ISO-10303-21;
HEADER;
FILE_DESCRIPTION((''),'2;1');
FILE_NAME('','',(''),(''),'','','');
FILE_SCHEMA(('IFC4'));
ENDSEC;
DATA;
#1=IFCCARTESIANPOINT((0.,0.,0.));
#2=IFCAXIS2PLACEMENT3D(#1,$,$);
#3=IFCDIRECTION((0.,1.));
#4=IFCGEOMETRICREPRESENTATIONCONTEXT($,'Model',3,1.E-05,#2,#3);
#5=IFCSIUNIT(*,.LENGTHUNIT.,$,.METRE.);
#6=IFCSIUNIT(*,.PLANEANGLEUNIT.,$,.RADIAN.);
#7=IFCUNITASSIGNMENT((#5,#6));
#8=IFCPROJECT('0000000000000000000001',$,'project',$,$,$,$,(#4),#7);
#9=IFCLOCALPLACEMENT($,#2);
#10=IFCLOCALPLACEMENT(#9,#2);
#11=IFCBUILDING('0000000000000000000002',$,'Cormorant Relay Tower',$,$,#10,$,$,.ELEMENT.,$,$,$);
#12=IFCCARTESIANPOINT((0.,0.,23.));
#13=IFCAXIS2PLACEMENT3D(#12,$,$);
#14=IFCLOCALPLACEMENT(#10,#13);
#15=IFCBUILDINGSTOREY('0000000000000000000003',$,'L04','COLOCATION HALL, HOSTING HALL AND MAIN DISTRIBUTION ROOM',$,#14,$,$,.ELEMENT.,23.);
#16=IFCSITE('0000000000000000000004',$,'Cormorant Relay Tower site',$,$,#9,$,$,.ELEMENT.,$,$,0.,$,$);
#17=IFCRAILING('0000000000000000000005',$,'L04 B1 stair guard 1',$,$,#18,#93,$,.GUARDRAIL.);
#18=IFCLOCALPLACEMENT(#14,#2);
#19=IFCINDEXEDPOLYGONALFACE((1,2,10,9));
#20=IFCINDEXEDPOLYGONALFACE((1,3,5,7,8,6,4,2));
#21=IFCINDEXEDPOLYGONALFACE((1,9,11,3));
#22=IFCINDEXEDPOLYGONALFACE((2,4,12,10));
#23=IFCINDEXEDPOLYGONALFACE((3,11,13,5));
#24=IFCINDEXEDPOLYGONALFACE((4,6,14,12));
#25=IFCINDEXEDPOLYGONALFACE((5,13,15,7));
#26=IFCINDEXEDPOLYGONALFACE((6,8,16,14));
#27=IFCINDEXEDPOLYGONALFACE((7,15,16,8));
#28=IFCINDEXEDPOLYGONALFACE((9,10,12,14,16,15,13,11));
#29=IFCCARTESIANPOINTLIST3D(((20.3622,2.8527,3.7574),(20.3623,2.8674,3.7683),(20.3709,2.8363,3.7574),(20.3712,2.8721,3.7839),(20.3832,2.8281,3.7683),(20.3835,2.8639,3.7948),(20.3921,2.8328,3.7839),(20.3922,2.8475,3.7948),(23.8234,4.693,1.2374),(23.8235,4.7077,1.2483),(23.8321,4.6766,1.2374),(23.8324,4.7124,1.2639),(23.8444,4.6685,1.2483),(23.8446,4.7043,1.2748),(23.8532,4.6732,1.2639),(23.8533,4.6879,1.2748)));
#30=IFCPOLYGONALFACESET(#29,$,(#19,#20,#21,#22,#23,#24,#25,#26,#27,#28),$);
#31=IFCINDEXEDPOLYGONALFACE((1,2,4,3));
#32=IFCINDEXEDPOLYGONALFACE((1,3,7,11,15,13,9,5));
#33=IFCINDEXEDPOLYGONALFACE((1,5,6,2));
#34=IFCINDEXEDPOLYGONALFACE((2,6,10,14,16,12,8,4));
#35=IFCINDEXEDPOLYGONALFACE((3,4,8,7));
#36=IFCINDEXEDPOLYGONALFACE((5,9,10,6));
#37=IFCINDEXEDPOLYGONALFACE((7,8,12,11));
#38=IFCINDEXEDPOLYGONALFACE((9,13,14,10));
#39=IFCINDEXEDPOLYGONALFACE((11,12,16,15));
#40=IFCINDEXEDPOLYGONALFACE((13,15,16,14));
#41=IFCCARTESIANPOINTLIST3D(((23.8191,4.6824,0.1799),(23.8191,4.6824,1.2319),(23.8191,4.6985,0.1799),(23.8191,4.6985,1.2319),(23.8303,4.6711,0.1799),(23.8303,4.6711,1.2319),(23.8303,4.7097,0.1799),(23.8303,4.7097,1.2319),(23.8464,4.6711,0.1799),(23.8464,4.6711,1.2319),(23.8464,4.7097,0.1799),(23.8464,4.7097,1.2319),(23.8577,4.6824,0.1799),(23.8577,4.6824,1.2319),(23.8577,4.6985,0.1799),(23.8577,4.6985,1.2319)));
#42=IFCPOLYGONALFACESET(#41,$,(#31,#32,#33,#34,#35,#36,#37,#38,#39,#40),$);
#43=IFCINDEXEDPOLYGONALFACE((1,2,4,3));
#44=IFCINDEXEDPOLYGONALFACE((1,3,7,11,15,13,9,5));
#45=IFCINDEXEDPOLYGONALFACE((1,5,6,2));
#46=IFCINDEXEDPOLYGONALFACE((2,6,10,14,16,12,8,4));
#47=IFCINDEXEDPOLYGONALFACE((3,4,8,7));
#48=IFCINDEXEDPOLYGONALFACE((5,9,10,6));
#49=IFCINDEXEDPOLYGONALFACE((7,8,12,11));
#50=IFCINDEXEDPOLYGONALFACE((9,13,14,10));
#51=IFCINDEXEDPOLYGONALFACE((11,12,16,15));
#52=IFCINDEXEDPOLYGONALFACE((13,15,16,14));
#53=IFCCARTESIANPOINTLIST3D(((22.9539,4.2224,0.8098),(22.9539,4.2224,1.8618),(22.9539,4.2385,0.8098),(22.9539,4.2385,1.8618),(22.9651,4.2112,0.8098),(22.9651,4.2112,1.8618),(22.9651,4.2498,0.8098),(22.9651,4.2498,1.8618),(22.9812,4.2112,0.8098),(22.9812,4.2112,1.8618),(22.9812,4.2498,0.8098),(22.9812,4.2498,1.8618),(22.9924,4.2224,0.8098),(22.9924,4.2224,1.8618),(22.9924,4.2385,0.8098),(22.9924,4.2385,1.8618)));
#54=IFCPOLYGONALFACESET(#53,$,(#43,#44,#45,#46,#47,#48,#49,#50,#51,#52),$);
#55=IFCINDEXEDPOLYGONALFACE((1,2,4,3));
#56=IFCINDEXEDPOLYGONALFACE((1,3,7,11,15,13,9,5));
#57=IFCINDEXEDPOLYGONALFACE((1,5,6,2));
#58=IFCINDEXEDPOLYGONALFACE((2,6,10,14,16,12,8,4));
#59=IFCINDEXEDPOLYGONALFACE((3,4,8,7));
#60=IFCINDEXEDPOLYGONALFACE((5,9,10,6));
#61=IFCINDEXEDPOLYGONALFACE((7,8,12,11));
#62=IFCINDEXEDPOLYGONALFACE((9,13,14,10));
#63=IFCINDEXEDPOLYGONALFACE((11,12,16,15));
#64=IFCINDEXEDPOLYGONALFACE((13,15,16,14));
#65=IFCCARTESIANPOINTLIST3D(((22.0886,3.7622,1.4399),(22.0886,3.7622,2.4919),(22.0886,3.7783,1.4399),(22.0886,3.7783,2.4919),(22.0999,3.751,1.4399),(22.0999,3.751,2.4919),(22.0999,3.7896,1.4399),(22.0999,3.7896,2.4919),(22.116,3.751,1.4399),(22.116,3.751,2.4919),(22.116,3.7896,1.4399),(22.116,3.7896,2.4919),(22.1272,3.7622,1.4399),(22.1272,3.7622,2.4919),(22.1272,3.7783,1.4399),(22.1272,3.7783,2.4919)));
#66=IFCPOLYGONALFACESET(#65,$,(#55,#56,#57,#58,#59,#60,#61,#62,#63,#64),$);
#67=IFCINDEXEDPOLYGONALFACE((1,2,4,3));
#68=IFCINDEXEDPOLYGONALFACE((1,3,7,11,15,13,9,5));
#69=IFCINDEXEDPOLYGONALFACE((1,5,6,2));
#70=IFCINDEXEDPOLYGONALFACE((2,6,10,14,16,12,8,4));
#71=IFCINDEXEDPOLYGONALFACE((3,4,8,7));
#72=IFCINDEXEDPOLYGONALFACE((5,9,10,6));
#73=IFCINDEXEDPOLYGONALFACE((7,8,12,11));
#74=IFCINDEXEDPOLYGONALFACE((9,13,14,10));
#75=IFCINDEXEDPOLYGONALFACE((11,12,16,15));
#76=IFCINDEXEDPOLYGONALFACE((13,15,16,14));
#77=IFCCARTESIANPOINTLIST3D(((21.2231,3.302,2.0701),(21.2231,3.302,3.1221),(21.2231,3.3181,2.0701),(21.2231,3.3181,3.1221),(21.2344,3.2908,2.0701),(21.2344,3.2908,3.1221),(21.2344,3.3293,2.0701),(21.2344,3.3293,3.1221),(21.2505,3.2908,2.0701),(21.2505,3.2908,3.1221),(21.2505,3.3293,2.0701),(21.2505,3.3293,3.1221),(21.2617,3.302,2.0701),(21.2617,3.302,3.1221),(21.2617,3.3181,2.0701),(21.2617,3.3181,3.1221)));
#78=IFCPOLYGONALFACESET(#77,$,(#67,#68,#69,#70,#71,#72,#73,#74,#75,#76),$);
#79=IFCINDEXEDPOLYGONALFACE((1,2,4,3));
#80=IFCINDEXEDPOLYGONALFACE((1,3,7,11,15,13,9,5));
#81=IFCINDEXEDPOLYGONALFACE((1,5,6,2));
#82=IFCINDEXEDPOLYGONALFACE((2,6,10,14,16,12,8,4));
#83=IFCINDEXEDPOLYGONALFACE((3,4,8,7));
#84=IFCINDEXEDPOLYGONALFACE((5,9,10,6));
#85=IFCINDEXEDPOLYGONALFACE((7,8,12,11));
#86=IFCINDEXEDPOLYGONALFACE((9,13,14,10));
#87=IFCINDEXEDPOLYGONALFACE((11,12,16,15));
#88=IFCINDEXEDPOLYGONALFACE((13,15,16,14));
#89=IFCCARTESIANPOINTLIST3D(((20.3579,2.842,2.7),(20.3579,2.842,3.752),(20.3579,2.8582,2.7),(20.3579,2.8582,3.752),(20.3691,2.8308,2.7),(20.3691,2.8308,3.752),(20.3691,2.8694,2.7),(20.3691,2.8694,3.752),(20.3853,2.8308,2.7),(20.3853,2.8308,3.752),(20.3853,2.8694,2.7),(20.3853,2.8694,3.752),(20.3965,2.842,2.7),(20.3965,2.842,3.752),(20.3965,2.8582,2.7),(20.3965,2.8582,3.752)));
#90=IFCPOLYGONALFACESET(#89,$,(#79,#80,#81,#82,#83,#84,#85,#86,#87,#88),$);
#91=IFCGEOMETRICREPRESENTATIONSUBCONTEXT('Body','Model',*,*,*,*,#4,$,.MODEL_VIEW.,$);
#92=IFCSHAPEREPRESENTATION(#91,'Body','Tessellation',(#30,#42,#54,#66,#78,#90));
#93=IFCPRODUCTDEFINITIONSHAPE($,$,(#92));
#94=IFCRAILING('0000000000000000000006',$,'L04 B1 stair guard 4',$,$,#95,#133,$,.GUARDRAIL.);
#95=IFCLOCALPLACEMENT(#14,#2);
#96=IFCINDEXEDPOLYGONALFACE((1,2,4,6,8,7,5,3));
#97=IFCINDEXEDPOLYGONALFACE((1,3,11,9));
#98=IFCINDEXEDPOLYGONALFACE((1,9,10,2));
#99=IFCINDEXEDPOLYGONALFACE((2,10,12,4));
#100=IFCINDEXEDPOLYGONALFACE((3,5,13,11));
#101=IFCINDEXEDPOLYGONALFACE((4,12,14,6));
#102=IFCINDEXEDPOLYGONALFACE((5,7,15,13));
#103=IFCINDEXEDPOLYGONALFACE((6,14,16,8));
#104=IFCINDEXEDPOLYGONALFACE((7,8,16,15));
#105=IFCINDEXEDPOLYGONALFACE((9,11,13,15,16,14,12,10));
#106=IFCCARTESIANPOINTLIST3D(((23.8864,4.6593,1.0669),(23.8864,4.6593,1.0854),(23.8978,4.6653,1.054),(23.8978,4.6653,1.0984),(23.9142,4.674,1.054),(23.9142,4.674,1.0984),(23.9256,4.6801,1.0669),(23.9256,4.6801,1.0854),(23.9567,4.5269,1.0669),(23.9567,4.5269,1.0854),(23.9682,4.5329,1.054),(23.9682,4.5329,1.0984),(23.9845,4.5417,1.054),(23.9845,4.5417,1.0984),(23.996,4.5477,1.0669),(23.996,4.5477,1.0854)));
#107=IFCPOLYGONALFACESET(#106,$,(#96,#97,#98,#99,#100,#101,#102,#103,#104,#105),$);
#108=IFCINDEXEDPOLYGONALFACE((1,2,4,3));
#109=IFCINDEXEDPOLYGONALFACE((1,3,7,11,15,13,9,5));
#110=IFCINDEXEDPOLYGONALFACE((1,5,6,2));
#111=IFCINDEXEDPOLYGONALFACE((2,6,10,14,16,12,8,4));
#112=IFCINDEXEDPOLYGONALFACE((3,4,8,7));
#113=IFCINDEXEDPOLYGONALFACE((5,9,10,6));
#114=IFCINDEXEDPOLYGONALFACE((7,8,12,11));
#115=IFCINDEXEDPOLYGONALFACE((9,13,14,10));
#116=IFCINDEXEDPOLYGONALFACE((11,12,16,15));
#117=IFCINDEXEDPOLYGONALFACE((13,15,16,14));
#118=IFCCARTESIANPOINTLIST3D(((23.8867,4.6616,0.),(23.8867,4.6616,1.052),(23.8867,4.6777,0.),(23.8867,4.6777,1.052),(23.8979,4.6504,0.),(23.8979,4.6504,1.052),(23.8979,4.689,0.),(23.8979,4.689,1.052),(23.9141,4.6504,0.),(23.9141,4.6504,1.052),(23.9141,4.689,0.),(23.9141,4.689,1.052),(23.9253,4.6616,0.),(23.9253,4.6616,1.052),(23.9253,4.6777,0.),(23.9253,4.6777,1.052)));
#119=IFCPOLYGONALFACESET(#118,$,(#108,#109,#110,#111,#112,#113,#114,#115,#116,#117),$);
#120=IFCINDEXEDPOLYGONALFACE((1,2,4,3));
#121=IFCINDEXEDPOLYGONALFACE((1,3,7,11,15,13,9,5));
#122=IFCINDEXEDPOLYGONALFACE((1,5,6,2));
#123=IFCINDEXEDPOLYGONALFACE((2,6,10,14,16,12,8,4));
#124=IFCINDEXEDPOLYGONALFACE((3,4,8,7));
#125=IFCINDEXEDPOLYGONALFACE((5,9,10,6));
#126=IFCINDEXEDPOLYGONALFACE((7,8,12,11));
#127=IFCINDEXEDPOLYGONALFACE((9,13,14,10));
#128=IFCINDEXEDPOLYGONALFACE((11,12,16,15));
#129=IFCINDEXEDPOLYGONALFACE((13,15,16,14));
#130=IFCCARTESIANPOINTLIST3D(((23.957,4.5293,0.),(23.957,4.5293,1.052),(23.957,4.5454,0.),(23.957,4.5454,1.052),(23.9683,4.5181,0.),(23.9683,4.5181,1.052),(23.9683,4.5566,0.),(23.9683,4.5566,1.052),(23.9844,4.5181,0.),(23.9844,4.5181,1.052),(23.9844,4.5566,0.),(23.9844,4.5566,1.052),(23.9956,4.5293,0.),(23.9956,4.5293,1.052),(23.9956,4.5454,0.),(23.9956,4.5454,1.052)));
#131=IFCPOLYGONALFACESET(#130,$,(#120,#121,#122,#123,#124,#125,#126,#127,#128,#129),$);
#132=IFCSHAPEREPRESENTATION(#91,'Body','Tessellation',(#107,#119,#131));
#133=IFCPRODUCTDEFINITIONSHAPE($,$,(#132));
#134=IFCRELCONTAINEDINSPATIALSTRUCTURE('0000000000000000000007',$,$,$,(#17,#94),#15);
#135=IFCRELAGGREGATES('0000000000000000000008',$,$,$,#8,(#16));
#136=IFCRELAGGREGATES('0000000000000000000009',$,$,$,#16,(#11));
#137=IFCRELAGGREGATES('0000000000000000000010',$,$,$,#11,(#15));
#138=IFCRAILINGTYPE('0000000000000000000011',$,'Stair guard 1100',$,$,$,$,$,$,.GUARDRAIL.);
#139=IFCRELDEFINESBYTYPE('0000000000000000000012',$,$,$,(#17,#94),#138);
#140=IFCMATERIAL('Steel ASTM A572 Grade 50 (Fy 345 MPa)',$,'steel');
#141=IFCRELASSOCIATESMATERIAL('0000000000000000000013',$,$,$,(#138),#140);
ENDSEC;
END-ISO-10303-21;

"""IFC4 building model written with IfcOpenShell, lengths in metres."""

from ifc_helpers import new_model, si_unit, direction, frame, origin, place, context, subcontext, project, spatial, polyline, outline, extrude, material, type_object, element, save


model = new_model("IFC4")

# Units and contexts
model_context = context("Model", 3, precision=1e-05, world=origin(), true_north=direction((0.0, 1.0)))
body_context = subcontext(model_context, "Body", "Model", "MODEL_VIEW")
ifc_project = project(units=[si_unit("LENGTHUNIT", "METRE"), si_unit("PLANEANGLEUNIT", "RADIAN")], contexts=[model_context])

# Site, building, storey
site_placement = place(None, origin())
site = spatial("IfcSite", under=ifc_project, at=site_placement, Name="Cormorant Relay Tower site", CompositionType="ELEMENT", RefElevation=0.0)
building_placement = place(site_placement, origin())
building = spatial("IfcBuilding", under=site, at=building_placement, Name="Cormorant Relay Tower", CompositionType="ELEMENT")
storey_placement = place(building_placement, frame((0.0, 0.0, 23.0)))
storey = spatial("IfcBuildingStorey", under=building, at=storey_placement, Name="L04", Description="COLOCATION HALL, HOSTING HALL AND MAIN DISTRIBUTION ROOM", CompositionType="ELEMENT", Elevation=23.0)

# Railings
ifc_material_1 = material(Name="Steel ASTM A572 Grade 50 (Fy 345 MPa)", Category="steel")
railing_type_1 = type_object("IfcRailingType", Name="Stair guard 1100", PredefinedType="GUARDRAIL", material=ifc_material_1)
railing_1_placement = place(storey_placement, frame((23.8384, 4.6904, 0.1799)))
element("IfcRailing", 1, at=railing_1_placement, inside=storey, type_object=railing_type_1, Name="L04 B1 stair guard 1", PredefinedType="GUARDRAIL", context=body_context, shape_type="SweptSolid", body=[
    extrude(outline(polyline([(0.0222, 0.0093), (0.0093, 0.0222), (-0.0093, 0.0222), (-0.0222, 0.0093), (-0.0222, -0.0093), (-0.0093, -0.0222), (0.0093, -0.0222), (0.0222, -0.0093), (0.0222, 0.0093)])), frame((0.0, 0.0, 1.0762), z_axis=(-0.742717, -0.394907, 0.540758), x_axis=(0.469469, -0.882949, 0.0)), (0.0, 0.0, 1.0), 4.6602),
    extrude(outline(polyline([(0.0193, 0.0081), (0.0081, 0.0193), (-0.0081, 0.0193), (-0.0193, 0.0081), (-0.0193, -0.0081), (-0.0081, -0.0193), (0.0081, -0.0193), (0.0193, -0.0081), (0.0193, 0.0081)])), origin(), (0.0, 0.0, 1.0), 1.052),
    extrude(outline(polyline([(0.0193, 0.0081), (0.0081, 0.0193), (-0.0081, 0.0193), (-0.0193, 0.0081), (-0.0193, -0.0081), (-0.0081, -0.0193), (0.0081, -0.0193), (0.0193, -0.0081), (0.0193, 0.0081)])), frame((-0.8652, -0.46, 0.6299)), (0.0, 0.0, 1.0), 1.052),
    extrude(outline(polyline([(0.0193, 0.0081), (0.0081, 0.0193), (-0.0081, 0.0193), (-0.0193, 0.0081), (-0.0193, -0.0081), (-0.0081, -0.0193), (0.0081, -0.0193), (0.0193, -0.0081), (0.0193, 0.0081)])), frame((-1.7305, -0.9202, 1.26)), (0.0, 0.0, 1.0), 1.052),
    extrude(outline(polyline([(0.0193, 0.0081), (0.0081, 0.0193), (-0.0081, 0.0193), (-0.0193, 0.0081), (-0.0193, -0.0081), (-0.0081, -0.0193), (0.0081, -0.0193), (0.0193, -0.0081), (0.0193, 0.0081)])), frame((-2.5959, -1.3804, 1.8901)), (0.0, 0.0, 1.0), 1.052),
    extrude(outline(polyline([(0.0193, 0.0081), (0.0081, 0.0193), (-0.0081, 0.0193), (-0.0193, 0.0081), (-0.0193, -0.0081), (-0.0081, -0.0193), (0.0081, -0.0193), (0.0193, -0.0081), (0.0193, 0.0081)])), frame((-3.4612, -1.8403, 2.52)), (0.0, 0.0, 1.0), 1.052),
])
railing_2_placement = place(storey_placement, frame((23.906, 4.6697, 0.0)))
element("IfcRailing", 2, at=railing_2_placement, inside=storey, type_object=railing_type_1, Name="L04 B1 stair guard 4", PredefinedType="GUARDRAIL", context=body_context, shape_type="SweptSolid", body=[
    extrude(outline(polyline([(0.0222, 0.0093), (0.0093, 0.0222), (-0.0093, 0.0222), (-0.0222, 0.0093), (-0.0222, -0.0093), (-0.0093, -0.0222), (0.0093, -0.0222), (0.0222, -0.0093), (0.0222, 0.0093)])), frame((0.0, 0.0, 1.0762), z_axis=(0.469235, -0.883074, 0.0), x_axis=(0.883074, 0.469235, 0.0)), (0.0, 0.0, 1.0), 0.1499),
    extrude(outline(polyline([(0.0193, 0.0081), (0.0081, 0.0193), (-0.0081, 0.0193), (-0.0193, 0.0081), (-0.0193, -0.0081), (-0.0081, -0.0193), (0.0081, -0.0193), (0.0193, -0.0081), (0.0193, 0.0081)])), origin(), (0.0, 0.0, 1.0), 1.052),
    extrude(outline(polyline([(0.0193, 0.0081), (0.0081, 0.0193), (-0.0081, 0.0193), (-0.0193, 0.0081), (-0.0193, -0.0081), (-0.0081, -0.0193), (0.0081, -0.0193), (0.0193, -0.0081), (0.0193, 0.0081)])), frame((0.0703, -0.1323, 0.0)), (0.0, 0.0, 1.0), 1.052),
])

save(model, "model.ifc")
